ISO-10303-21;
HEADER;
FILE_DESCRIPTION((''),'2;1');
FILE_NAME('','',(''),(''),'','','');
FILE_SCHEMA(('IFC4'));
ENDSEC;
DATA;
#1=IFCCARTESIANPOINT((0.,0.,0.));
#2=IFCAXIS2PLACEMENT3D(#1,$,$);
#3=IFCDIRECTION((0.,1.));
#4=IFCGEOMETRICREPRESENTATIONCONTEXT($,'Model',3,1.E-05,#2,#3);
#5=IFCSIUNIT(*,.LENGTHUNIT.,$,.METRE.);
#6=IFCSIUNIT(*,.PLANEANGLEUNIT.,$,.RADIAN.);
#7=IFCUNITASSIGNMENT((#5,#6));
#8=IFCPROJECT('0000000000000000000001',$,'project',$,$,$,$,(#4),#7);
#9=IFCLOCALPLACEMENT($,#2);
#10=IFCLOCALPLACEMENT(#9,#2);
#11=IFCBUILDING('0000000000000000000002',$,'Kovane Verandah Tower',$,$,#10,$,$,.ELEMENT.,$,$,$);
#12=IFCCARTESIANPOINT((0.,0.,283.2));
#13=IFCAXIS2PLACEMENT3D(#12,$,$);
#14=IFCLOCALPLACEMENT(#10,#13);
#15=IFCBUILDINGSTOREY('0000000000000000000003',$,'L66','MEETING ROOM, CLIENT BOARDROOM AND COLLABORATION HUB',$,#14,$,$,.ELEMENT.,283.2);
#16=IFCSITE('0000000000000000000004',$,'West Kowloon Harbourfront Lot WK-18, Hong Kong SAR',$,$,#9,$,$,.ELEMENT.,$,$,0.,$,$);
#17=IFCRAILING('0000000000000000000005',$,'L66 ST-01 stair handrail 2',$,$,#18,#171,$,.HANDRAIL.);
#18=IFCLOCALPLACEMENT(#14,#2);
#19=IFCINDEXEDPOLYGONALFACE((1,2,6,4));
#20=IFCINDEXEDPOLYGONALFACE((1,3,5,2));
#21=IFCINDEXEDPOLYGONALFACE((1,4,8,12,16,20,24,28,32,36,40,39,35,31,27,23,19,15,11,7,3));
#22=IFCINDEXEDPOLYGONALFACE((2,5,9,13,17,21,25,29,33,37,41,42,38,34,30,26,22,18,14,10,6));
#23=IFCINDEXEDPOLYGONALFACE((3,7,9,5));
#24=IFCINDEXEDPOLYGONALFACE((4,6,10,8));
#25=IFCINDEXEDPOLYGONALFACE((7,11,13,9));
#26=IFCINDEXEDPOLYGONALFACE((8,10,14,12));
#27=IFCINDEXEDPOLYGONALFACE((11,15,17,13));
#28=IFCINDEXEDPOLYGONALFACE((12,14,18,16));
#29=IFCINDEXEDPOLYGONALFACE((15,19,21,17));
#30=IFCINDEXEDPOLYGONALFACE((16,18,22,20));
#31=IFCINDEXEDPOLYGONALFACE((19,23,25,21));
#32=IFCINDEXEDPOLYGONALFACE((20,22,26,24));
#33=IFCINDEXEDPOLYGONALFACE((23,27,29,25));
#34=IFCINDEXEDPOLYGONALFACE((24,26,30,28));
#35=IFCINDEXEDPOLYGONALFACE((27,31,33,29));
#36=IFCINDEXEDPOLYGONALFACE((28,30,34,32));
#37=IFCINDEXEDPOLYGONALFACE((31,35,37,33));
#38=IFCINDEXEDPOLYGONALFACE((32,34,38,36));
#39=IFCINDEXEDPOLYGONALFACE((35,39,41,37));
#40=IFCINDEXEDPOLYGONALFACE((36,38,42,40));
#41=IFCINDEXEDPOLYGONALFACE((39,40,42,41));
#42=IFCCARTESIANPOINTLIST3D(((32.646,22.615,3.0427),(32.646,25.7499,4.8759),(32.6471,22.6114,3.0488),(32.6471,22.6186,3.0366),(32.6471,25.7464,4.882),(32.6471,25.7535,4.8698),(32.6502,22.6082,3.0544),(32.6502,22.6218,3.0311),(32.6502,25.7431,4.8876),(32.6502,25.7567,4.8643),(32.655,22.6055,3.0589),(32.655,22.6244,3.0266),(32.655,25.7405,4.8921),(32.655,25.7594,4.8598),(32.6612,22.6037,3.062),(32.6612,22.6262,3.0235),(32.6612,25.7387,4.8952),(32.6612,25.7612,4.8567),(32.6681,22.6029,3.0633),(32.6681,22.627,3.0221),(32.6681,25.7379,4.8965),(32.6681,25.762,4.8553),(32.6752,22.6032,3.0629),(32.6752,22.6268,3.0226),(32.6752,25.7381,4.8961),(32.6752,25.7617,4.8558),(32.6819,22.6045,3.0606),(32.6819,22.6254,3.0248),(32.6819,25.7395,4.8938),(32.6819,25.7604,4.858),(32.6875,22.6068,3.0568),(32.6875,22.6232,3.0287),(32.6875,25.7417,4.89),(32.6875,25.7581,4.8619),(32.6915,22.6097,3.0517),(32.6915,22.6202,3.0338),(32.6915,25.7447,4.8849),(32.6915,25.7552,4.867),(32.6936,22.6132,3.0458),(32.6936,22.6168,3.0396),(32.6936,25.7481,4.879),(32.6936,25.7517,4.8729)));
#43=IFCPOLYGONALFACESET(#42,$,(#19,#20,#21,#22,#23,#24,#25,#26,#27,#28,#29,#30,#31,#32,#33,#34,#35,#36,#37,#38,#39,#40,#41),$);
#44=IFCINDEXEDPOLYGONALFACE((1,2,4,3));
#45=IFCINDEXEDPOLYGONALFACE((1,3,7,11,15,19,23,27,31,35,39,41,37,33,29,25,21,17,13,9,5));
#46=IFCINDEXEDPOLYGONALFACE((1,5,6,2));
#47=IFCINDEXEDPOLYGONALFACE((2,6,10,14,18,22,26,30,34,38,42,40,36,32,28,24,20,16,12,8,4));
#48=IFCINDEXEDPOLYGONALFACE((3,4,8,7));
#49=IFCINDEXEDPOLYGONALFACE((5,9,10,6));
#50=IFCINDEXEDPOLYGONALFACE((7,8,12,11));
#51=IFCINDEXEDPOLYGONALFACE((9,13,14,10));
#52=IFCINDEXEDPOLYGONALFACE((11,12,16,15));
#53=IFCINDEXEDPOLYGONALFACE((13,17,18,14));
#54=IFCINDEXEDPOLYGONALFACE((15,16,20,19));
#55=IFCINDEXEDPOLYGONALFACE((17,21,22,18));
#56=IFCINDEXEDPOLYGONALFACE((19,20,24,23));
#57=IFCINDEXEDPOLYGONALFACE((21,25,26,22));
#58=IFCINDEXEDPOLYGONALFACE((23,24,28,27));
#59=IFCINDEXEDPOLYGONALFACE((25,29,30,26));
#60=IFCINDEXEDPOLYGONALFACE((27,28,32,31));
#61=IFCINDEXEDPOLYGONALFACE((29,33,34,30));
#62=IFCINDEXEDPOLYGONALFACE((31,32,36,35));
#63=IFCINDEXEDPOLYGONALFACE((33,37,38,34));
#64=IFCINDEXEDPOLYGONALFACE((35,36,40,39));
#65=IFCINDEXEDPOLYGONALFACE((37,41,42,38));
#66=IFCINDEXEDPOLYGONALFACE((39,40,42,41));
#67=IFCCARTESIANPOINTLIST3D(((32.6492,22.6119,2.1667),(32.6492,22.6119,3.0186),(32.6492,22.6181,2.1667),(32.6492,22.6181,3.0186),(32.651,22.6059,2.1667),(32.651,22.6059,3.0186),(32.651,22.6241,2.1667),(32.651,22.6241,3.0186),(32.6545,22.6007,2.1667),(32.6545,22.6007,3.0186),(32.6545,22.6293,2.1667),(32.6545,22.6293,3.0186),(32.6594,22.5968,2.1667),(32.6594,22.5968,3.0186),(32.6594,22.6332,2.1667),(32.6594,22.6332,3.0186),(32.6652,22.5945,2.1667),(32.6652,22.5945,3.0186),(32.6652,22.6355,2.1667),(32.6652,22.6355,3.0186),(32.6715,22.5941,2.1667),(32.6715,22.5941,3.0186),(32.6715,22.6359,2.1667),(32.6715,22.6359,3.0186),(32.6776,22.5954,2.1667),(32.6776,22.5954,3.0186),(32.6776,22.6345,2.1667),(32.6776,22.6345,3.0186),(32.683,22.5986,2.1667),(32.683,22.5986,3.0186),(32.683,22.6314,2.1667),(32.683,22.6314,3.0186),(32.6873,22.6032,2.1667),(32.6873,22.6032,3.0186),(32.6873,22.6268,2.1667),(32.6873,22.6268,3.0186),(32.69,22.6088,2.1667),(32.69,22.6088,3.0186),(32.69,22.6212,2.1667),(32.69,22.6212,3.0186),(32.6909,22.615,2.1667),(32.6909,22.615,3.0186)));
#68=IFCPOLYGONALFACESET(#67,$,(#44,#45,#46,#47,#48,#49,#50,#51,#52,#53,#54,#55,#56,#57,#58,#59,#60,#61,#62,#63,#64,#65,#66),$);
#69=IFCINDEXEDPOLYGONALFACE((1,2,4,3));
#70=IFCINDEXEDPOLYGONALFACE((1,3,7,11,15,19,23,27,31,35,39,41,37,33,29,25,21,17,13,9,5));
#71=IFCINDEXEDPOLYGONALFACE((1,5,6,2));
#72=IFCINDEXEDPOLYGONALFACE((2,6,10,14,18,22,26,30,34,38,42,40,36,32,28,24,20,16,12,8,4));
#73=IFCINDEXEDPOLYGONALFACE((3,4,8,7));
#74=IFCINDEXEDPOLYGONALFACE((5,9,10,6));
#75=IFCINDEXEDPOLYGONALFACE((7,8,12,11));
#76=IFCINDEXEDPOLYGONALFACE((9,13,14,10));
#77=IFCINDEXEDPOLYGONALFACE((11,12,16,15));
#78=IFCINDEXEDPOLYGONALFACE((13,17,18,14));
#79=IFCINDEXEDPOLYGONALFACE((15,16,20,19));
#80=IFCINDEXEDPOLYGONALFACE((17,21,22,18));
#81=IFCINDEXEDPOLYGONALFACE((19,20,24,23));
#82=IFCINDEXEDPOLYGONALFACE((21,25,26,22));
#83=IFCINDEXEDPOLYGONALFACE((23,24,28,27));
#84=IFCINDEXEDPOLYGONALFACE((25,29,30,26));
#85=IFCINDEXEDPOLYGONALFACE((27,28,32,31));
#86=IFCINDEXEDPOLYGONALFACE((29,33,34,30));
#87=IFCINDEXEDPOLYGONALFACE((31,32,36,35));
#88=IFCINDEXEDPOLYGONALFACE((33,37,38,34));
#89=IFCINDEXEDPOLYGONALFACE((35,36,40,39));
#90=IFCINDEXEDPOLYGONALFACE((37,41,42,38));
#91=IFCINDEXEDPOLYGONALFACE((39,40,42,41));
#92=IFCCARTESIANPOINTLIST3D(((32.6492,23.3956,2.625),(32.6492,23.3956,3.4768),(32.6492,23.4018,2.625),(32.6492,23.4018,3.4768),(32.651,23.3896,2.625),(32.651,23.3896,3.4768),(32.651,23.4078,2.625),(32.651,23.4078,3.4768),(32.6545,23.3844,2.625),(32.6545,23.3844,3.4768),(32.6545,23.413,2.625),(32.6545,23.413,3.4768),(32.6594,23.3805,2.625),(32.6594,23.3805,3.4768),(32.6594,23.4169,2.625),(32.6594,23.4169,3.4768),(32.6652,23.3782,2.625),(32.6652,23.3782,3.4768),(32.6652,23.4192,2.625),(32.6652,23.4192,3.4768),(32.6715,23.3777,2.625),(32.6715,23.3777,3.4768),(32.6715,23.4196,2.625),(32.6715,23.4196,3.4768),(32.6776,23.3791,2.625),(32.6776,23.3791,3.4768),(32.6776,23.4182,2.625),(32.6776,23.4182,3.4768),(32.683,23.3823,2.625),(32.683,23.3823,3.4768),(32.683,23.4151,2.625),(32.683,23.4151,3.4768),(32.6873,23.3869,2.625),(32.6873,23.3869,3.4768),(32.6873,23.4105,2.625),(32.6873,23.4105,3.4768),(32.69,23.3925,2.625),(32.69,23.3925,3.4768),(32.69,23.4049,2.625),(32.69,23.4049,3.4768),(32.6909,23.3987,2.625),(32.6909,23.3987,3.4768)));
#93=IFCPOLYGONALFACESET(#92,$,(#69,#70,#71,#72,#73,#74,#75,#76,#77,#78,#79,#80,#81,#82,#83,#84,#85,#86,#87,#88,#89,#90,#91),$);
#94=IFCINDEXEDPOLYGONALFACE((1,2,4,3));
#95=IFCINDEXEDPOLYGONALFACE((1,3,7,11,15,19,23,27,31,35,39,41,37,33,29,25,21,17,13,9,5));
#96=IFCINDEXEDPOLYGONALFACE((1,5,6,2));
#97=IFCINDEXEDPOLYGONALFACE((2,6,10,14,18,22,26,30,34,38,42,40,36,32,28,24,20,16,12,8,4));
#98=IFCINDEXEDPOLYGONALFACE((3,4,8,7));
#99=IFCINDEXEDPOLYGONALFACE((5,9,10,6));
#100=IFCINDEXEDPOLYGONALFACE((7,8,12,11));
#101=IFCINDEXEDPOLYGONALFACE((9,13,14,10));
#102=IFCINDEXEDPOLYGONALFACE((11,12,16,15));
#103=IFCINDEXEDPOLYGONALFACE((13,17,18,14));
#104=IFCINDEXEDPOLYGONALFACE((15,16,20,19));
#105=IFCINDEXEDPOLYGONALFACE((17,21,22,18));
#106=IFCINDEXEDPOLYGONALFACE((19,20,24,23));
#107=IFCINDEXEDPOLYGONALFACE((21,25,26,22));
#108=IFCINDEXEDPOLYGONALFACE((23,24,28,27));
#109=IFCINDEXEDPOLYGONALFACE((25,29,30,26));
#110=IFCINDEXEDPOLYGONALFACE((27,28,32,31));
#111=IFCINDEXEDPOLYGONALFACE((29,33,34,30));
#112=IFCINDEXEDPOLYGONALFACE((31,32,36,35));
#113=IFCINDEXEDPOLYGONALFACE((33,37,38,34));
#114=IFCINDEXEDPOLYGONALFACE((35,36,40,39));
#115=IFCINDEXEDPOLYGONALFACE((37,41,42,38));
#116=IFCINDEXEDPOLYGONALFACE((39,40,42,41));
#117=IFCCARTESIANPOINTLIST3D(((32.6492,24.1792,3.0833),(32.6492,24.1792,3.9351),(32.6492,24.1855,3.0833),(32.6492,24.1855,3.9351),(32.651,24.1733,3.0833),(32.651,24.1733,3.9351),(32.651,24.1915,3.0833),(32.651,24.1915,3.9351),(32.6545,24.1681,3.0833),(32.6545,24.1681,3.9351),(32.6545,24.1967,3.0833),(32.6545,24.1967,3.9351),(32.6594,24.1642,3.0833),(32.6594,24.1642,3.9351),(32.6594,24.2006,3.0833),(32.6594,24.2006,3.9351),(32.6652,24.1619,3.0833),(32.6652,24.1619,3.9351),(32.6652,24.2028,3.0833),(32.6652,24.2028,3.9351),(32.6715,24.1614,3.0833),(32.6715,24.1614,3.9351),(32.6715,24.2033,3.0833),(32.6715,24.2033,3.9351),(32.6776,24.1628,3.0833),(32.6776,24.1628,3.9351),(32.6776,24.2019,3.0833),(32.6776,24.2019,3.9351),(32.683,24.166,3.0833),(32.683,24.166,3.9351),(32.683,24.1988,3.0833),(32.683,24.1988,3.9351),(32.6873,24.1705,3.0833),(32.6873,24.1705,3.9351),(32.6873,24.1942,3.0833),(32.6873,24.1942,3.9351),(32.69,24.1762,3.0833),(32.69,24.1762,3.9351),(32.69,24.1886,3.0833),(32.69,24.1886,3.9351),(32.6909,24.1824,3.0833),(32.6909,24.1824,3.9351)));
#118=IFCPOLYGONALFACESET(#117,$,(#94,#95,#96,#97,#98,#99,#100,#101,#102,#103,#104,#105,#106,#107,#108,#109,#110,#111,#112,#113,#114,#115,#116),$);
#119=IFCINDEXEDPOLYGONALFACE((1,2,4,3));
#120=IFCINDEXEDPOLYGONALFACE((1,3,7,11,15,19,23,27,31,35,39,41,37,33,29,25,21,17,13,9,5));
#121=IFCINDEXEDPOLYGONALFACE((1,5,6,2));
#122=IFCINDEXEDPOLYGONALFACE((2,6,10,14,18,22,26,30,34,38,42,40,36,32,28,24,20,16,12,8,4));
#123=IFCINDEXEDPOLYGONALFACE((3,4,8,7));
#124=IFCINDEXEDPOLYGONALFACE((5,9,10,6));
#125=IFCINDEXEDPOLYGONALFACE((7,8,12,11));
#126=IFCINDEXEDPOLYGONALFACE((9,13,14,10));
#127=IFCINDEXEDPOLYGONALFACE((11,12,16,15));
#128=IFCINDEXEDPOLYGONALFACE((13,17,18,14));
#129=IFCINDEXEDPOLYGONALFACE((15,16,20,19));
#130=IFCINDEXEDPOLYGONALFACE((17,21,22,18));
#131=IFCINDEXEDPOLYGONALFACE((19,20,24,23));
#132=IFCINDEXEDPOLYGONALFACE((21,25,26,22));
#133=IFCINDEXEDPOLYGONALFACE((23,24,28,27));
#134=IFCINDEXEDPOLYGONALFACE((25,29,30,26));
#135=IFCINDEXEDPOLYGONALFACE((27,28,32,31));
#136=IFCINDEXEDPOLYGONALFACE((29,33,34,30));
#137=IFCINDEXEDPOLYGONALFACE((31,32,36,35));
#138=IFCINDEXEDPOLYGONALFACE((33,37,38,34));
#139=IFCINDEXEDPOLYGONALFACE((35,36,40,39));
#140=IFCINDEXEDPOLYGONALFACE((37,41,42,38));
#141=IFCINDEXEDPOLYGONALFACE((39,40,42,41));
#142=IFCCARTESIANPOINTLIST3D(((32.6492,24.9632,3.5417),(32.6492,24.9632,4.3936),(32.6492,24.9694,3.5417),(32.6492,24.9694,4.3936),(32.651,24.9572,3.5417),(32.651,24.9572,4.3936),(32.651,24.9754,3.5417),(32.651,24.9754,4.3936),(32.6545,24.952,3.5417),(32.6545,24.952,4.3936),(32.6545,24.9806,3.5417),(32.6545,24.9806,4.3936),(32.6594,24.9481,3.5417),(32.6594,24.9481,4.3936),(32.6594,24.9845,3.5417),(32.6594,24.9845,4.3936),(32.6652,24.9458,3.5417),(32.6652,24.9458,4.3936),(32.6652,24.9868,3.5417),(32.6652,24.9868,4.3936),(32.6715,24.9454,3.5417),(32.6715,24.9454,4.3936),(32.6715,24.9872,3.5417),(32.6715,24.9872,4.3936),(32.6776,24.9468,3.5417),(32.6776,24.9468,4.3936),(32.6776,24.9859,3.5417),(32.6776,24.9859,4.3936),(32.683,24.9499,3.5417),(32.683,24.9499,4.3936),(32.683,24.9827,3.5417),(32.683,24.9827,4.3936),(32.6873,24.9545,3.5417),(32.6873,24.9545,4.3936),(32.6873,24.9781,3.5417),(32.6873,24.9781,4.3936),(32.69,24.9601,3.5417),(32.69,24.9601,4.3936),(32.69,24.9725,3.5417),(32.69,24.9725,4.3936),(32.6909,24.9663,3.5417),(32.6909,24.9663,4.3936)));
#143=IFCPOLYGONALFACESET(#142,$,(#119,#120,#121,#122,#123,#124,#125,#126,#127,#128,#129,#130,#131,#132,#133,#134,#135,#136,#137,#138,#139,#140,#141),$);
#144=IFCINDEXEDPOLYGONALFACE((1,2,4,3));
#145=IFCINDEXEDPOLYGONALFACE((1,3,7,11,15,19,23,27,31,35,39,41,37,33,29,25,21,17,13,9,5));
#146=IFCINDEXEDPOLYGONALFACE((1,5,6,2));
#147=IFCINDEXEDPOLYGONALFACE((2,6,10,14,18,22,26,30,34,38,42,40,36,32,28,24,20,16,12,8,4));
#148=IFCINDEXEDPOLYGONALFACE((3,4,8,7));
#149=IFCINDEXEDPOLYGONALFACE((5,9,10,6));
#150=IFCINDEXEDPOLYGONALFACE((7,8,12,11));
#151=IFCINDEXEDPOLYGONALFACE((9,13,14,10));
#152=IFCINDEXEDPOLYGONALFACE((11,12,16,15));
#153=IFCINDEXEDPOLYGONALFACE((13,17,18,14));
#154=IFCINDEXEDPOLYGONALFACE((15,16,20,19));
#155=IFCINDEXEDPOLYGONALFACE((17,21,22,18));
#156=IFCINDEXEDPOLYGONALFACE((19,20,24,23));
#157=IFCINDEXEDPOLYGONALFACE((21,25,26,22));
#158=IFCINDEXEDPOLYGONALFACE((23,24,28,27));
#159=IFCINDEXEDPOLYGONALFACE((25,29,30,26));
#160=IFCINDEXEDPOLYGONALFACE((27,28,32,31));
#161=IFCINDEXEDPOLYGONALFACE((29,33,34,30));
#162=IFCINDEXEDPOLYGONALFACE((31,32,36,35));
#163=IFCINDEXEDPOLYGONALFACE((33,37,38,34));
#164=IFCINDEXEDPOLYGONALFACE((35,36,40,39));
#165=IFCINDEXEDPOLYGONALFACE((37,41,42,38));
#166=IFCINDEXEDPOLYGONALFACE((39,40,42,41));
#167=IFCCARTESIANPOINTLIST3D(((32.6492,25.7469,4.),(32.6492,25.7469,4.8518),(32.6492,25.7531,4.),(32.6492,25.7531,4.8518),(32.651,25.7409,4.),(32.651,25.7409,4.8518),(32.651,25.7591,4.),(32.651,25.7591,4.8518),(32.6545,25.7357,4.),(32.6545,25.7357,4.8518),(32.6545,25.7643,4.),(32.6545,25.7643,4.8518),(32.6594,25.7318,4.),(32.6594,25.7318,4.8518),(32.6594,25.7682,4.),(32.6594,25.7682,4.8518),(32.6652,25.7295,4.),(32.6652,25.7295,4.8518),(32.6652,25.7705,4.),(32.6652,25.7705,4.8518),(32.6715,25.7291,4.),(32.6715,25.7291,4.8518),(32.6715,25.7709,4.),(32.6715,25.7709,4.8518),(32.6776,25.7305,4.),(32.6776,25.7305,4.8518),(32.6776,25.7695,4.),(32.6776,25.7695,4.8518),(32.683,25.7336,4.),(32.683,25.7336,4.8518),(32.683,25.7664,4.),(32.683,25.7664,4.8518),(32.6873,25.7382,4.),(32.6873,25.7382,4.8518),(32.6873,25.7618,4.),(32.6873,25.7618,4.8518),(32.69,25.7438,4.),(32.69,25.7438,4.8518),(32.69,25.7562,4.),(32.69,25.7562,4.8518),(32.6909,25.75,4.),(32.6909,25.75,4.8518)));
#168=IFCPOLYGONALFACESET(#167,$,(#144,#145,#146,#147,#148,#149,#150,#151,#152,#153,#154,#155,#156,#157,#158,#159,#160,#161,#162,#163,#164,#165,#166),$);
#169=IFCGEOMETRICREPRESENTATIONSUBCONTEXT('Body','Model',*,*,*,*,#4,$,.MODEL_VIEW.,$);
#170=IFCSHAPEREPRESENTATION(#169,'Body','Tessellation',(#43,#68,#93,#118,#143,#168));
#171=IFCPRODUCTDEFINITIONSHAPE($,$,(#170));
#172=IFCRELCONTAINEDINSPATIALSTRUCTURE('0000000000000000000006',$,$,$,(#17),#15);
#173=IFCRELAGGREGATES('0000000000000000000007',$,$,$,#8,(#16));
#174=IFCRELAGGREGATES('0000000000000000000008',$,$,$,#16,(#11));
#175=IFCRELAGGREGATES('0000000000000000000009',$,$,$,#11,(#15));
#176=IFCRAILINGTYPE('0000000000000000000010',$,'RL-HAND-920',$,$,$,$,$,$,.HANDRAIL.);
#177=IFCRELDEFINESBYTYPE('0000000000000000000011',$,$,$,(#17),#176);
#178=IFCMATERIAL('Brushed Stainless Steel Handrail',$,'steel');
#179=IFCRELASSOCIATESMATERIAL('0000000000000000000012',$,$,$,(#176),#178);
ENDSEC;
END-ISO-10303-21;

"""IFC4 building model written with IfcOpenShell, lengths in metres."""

from ifc_helpers import new_model, si_unit, direction, frame, origin, origin_2d, place, context, subcontext, project, spatial, circle, extrude, material, type_object, element, save


model = new_model("IFC4")

# Units and contexts
model_context = context("Model", 3, precision=1e-05, world=origin(), true_north=direction((0.0, 1.0)))
body_context = subcontext(model_context, "Body", "Model", "MODEL_VIEW")
ifc_project = project(units=[si_unit("LENGTHUNIT", "METRE"), si_unit("PLANEANGLEUNIT", "RADIAN")], contexts=[model_context])

# Site, building, storey
site_placement = place(None, origin())
site = spatial("IfcSite", under=ifc_project, at=site_placement, Name="West Kowloon Harbourfront Lot WK-18, Hong Kong SAR", CompositionType="ELEMENT", RefElevation=0.0)
building_placement = place(site_placement, origin())
building = spatial("IfcBuilding", under=site, at=building_placement, Name="Kovane Verandah Tower", CompositionType="ELEMENT")
storey_placement = place(building_placement, frame((0.0, 0.0, 283.2)))
storey = spatial("IfcBuildingStorey", under=building, at=storey_placement, Name="L66", Description="MEETING ROOM, CLIENT BOARDROOM AND COLLABORATION HUB", CompositionType="ELEMENT", Elevation=283.2)

# Railing
ifc_material_1 = material(Name="Brushed Stainless Steel Handrail", Category="steel")
railing_type_1 = type_object("IfcRailingType", Name="RL-HAND-920", PredefinedType="HANDRAIL", material=ifc_material_1)
railing_1_placement = place(storey_placement, frame((32.6699, 22.615, 2.1667)))
element("IfcRailing", 1, at=railing_1_placement, inside=storey, type_object=railing_type_1, Name="L66 ST-01 stair handrail 2", PredefinedType="HANDRAIL", context=body_context, shape_type="SweptSolid", body=[
    extrude(circle(Radius=0.0239, at=origin_2d()), frame((0.0, 0.0, 0.876), z_axis=(0.0, 0.86324, 0.504794), x_axis=(-1.0, 0.0, 0.0)), (0.0, 0.0, 1.0), 3.6316),
    extrude(circle(Radius=0.021, at=origin_2d()), origin(), (0.0, 0.0, 1.0), 0.8518),
    extrude(circle(Radius=0.021, at=origin_2d()), frame((0.0, 0.7837, 0.4583)), (0.0, 0.0, 1.0), 0.8518),
    extrude(circle(Radius=0.021, at=origin_2d()), frame((0.0, 1.5674, 0.9165)), (0.0, 0.0, 1.0), 0.8518),
    extrude(circle(Radius=0.021, at=origin_2d()), frame((0.0, 2.3513, 1.375)), (0.0, 0.0, 1.0), 0.8518),
    extrude(circle(Radius=0.021, at=origin_2d()), frame((0.0, 3.135, 1.8333)), (0.0, 0.0, 1.0), 0.8518),
])

save(model, "model.ifc")
